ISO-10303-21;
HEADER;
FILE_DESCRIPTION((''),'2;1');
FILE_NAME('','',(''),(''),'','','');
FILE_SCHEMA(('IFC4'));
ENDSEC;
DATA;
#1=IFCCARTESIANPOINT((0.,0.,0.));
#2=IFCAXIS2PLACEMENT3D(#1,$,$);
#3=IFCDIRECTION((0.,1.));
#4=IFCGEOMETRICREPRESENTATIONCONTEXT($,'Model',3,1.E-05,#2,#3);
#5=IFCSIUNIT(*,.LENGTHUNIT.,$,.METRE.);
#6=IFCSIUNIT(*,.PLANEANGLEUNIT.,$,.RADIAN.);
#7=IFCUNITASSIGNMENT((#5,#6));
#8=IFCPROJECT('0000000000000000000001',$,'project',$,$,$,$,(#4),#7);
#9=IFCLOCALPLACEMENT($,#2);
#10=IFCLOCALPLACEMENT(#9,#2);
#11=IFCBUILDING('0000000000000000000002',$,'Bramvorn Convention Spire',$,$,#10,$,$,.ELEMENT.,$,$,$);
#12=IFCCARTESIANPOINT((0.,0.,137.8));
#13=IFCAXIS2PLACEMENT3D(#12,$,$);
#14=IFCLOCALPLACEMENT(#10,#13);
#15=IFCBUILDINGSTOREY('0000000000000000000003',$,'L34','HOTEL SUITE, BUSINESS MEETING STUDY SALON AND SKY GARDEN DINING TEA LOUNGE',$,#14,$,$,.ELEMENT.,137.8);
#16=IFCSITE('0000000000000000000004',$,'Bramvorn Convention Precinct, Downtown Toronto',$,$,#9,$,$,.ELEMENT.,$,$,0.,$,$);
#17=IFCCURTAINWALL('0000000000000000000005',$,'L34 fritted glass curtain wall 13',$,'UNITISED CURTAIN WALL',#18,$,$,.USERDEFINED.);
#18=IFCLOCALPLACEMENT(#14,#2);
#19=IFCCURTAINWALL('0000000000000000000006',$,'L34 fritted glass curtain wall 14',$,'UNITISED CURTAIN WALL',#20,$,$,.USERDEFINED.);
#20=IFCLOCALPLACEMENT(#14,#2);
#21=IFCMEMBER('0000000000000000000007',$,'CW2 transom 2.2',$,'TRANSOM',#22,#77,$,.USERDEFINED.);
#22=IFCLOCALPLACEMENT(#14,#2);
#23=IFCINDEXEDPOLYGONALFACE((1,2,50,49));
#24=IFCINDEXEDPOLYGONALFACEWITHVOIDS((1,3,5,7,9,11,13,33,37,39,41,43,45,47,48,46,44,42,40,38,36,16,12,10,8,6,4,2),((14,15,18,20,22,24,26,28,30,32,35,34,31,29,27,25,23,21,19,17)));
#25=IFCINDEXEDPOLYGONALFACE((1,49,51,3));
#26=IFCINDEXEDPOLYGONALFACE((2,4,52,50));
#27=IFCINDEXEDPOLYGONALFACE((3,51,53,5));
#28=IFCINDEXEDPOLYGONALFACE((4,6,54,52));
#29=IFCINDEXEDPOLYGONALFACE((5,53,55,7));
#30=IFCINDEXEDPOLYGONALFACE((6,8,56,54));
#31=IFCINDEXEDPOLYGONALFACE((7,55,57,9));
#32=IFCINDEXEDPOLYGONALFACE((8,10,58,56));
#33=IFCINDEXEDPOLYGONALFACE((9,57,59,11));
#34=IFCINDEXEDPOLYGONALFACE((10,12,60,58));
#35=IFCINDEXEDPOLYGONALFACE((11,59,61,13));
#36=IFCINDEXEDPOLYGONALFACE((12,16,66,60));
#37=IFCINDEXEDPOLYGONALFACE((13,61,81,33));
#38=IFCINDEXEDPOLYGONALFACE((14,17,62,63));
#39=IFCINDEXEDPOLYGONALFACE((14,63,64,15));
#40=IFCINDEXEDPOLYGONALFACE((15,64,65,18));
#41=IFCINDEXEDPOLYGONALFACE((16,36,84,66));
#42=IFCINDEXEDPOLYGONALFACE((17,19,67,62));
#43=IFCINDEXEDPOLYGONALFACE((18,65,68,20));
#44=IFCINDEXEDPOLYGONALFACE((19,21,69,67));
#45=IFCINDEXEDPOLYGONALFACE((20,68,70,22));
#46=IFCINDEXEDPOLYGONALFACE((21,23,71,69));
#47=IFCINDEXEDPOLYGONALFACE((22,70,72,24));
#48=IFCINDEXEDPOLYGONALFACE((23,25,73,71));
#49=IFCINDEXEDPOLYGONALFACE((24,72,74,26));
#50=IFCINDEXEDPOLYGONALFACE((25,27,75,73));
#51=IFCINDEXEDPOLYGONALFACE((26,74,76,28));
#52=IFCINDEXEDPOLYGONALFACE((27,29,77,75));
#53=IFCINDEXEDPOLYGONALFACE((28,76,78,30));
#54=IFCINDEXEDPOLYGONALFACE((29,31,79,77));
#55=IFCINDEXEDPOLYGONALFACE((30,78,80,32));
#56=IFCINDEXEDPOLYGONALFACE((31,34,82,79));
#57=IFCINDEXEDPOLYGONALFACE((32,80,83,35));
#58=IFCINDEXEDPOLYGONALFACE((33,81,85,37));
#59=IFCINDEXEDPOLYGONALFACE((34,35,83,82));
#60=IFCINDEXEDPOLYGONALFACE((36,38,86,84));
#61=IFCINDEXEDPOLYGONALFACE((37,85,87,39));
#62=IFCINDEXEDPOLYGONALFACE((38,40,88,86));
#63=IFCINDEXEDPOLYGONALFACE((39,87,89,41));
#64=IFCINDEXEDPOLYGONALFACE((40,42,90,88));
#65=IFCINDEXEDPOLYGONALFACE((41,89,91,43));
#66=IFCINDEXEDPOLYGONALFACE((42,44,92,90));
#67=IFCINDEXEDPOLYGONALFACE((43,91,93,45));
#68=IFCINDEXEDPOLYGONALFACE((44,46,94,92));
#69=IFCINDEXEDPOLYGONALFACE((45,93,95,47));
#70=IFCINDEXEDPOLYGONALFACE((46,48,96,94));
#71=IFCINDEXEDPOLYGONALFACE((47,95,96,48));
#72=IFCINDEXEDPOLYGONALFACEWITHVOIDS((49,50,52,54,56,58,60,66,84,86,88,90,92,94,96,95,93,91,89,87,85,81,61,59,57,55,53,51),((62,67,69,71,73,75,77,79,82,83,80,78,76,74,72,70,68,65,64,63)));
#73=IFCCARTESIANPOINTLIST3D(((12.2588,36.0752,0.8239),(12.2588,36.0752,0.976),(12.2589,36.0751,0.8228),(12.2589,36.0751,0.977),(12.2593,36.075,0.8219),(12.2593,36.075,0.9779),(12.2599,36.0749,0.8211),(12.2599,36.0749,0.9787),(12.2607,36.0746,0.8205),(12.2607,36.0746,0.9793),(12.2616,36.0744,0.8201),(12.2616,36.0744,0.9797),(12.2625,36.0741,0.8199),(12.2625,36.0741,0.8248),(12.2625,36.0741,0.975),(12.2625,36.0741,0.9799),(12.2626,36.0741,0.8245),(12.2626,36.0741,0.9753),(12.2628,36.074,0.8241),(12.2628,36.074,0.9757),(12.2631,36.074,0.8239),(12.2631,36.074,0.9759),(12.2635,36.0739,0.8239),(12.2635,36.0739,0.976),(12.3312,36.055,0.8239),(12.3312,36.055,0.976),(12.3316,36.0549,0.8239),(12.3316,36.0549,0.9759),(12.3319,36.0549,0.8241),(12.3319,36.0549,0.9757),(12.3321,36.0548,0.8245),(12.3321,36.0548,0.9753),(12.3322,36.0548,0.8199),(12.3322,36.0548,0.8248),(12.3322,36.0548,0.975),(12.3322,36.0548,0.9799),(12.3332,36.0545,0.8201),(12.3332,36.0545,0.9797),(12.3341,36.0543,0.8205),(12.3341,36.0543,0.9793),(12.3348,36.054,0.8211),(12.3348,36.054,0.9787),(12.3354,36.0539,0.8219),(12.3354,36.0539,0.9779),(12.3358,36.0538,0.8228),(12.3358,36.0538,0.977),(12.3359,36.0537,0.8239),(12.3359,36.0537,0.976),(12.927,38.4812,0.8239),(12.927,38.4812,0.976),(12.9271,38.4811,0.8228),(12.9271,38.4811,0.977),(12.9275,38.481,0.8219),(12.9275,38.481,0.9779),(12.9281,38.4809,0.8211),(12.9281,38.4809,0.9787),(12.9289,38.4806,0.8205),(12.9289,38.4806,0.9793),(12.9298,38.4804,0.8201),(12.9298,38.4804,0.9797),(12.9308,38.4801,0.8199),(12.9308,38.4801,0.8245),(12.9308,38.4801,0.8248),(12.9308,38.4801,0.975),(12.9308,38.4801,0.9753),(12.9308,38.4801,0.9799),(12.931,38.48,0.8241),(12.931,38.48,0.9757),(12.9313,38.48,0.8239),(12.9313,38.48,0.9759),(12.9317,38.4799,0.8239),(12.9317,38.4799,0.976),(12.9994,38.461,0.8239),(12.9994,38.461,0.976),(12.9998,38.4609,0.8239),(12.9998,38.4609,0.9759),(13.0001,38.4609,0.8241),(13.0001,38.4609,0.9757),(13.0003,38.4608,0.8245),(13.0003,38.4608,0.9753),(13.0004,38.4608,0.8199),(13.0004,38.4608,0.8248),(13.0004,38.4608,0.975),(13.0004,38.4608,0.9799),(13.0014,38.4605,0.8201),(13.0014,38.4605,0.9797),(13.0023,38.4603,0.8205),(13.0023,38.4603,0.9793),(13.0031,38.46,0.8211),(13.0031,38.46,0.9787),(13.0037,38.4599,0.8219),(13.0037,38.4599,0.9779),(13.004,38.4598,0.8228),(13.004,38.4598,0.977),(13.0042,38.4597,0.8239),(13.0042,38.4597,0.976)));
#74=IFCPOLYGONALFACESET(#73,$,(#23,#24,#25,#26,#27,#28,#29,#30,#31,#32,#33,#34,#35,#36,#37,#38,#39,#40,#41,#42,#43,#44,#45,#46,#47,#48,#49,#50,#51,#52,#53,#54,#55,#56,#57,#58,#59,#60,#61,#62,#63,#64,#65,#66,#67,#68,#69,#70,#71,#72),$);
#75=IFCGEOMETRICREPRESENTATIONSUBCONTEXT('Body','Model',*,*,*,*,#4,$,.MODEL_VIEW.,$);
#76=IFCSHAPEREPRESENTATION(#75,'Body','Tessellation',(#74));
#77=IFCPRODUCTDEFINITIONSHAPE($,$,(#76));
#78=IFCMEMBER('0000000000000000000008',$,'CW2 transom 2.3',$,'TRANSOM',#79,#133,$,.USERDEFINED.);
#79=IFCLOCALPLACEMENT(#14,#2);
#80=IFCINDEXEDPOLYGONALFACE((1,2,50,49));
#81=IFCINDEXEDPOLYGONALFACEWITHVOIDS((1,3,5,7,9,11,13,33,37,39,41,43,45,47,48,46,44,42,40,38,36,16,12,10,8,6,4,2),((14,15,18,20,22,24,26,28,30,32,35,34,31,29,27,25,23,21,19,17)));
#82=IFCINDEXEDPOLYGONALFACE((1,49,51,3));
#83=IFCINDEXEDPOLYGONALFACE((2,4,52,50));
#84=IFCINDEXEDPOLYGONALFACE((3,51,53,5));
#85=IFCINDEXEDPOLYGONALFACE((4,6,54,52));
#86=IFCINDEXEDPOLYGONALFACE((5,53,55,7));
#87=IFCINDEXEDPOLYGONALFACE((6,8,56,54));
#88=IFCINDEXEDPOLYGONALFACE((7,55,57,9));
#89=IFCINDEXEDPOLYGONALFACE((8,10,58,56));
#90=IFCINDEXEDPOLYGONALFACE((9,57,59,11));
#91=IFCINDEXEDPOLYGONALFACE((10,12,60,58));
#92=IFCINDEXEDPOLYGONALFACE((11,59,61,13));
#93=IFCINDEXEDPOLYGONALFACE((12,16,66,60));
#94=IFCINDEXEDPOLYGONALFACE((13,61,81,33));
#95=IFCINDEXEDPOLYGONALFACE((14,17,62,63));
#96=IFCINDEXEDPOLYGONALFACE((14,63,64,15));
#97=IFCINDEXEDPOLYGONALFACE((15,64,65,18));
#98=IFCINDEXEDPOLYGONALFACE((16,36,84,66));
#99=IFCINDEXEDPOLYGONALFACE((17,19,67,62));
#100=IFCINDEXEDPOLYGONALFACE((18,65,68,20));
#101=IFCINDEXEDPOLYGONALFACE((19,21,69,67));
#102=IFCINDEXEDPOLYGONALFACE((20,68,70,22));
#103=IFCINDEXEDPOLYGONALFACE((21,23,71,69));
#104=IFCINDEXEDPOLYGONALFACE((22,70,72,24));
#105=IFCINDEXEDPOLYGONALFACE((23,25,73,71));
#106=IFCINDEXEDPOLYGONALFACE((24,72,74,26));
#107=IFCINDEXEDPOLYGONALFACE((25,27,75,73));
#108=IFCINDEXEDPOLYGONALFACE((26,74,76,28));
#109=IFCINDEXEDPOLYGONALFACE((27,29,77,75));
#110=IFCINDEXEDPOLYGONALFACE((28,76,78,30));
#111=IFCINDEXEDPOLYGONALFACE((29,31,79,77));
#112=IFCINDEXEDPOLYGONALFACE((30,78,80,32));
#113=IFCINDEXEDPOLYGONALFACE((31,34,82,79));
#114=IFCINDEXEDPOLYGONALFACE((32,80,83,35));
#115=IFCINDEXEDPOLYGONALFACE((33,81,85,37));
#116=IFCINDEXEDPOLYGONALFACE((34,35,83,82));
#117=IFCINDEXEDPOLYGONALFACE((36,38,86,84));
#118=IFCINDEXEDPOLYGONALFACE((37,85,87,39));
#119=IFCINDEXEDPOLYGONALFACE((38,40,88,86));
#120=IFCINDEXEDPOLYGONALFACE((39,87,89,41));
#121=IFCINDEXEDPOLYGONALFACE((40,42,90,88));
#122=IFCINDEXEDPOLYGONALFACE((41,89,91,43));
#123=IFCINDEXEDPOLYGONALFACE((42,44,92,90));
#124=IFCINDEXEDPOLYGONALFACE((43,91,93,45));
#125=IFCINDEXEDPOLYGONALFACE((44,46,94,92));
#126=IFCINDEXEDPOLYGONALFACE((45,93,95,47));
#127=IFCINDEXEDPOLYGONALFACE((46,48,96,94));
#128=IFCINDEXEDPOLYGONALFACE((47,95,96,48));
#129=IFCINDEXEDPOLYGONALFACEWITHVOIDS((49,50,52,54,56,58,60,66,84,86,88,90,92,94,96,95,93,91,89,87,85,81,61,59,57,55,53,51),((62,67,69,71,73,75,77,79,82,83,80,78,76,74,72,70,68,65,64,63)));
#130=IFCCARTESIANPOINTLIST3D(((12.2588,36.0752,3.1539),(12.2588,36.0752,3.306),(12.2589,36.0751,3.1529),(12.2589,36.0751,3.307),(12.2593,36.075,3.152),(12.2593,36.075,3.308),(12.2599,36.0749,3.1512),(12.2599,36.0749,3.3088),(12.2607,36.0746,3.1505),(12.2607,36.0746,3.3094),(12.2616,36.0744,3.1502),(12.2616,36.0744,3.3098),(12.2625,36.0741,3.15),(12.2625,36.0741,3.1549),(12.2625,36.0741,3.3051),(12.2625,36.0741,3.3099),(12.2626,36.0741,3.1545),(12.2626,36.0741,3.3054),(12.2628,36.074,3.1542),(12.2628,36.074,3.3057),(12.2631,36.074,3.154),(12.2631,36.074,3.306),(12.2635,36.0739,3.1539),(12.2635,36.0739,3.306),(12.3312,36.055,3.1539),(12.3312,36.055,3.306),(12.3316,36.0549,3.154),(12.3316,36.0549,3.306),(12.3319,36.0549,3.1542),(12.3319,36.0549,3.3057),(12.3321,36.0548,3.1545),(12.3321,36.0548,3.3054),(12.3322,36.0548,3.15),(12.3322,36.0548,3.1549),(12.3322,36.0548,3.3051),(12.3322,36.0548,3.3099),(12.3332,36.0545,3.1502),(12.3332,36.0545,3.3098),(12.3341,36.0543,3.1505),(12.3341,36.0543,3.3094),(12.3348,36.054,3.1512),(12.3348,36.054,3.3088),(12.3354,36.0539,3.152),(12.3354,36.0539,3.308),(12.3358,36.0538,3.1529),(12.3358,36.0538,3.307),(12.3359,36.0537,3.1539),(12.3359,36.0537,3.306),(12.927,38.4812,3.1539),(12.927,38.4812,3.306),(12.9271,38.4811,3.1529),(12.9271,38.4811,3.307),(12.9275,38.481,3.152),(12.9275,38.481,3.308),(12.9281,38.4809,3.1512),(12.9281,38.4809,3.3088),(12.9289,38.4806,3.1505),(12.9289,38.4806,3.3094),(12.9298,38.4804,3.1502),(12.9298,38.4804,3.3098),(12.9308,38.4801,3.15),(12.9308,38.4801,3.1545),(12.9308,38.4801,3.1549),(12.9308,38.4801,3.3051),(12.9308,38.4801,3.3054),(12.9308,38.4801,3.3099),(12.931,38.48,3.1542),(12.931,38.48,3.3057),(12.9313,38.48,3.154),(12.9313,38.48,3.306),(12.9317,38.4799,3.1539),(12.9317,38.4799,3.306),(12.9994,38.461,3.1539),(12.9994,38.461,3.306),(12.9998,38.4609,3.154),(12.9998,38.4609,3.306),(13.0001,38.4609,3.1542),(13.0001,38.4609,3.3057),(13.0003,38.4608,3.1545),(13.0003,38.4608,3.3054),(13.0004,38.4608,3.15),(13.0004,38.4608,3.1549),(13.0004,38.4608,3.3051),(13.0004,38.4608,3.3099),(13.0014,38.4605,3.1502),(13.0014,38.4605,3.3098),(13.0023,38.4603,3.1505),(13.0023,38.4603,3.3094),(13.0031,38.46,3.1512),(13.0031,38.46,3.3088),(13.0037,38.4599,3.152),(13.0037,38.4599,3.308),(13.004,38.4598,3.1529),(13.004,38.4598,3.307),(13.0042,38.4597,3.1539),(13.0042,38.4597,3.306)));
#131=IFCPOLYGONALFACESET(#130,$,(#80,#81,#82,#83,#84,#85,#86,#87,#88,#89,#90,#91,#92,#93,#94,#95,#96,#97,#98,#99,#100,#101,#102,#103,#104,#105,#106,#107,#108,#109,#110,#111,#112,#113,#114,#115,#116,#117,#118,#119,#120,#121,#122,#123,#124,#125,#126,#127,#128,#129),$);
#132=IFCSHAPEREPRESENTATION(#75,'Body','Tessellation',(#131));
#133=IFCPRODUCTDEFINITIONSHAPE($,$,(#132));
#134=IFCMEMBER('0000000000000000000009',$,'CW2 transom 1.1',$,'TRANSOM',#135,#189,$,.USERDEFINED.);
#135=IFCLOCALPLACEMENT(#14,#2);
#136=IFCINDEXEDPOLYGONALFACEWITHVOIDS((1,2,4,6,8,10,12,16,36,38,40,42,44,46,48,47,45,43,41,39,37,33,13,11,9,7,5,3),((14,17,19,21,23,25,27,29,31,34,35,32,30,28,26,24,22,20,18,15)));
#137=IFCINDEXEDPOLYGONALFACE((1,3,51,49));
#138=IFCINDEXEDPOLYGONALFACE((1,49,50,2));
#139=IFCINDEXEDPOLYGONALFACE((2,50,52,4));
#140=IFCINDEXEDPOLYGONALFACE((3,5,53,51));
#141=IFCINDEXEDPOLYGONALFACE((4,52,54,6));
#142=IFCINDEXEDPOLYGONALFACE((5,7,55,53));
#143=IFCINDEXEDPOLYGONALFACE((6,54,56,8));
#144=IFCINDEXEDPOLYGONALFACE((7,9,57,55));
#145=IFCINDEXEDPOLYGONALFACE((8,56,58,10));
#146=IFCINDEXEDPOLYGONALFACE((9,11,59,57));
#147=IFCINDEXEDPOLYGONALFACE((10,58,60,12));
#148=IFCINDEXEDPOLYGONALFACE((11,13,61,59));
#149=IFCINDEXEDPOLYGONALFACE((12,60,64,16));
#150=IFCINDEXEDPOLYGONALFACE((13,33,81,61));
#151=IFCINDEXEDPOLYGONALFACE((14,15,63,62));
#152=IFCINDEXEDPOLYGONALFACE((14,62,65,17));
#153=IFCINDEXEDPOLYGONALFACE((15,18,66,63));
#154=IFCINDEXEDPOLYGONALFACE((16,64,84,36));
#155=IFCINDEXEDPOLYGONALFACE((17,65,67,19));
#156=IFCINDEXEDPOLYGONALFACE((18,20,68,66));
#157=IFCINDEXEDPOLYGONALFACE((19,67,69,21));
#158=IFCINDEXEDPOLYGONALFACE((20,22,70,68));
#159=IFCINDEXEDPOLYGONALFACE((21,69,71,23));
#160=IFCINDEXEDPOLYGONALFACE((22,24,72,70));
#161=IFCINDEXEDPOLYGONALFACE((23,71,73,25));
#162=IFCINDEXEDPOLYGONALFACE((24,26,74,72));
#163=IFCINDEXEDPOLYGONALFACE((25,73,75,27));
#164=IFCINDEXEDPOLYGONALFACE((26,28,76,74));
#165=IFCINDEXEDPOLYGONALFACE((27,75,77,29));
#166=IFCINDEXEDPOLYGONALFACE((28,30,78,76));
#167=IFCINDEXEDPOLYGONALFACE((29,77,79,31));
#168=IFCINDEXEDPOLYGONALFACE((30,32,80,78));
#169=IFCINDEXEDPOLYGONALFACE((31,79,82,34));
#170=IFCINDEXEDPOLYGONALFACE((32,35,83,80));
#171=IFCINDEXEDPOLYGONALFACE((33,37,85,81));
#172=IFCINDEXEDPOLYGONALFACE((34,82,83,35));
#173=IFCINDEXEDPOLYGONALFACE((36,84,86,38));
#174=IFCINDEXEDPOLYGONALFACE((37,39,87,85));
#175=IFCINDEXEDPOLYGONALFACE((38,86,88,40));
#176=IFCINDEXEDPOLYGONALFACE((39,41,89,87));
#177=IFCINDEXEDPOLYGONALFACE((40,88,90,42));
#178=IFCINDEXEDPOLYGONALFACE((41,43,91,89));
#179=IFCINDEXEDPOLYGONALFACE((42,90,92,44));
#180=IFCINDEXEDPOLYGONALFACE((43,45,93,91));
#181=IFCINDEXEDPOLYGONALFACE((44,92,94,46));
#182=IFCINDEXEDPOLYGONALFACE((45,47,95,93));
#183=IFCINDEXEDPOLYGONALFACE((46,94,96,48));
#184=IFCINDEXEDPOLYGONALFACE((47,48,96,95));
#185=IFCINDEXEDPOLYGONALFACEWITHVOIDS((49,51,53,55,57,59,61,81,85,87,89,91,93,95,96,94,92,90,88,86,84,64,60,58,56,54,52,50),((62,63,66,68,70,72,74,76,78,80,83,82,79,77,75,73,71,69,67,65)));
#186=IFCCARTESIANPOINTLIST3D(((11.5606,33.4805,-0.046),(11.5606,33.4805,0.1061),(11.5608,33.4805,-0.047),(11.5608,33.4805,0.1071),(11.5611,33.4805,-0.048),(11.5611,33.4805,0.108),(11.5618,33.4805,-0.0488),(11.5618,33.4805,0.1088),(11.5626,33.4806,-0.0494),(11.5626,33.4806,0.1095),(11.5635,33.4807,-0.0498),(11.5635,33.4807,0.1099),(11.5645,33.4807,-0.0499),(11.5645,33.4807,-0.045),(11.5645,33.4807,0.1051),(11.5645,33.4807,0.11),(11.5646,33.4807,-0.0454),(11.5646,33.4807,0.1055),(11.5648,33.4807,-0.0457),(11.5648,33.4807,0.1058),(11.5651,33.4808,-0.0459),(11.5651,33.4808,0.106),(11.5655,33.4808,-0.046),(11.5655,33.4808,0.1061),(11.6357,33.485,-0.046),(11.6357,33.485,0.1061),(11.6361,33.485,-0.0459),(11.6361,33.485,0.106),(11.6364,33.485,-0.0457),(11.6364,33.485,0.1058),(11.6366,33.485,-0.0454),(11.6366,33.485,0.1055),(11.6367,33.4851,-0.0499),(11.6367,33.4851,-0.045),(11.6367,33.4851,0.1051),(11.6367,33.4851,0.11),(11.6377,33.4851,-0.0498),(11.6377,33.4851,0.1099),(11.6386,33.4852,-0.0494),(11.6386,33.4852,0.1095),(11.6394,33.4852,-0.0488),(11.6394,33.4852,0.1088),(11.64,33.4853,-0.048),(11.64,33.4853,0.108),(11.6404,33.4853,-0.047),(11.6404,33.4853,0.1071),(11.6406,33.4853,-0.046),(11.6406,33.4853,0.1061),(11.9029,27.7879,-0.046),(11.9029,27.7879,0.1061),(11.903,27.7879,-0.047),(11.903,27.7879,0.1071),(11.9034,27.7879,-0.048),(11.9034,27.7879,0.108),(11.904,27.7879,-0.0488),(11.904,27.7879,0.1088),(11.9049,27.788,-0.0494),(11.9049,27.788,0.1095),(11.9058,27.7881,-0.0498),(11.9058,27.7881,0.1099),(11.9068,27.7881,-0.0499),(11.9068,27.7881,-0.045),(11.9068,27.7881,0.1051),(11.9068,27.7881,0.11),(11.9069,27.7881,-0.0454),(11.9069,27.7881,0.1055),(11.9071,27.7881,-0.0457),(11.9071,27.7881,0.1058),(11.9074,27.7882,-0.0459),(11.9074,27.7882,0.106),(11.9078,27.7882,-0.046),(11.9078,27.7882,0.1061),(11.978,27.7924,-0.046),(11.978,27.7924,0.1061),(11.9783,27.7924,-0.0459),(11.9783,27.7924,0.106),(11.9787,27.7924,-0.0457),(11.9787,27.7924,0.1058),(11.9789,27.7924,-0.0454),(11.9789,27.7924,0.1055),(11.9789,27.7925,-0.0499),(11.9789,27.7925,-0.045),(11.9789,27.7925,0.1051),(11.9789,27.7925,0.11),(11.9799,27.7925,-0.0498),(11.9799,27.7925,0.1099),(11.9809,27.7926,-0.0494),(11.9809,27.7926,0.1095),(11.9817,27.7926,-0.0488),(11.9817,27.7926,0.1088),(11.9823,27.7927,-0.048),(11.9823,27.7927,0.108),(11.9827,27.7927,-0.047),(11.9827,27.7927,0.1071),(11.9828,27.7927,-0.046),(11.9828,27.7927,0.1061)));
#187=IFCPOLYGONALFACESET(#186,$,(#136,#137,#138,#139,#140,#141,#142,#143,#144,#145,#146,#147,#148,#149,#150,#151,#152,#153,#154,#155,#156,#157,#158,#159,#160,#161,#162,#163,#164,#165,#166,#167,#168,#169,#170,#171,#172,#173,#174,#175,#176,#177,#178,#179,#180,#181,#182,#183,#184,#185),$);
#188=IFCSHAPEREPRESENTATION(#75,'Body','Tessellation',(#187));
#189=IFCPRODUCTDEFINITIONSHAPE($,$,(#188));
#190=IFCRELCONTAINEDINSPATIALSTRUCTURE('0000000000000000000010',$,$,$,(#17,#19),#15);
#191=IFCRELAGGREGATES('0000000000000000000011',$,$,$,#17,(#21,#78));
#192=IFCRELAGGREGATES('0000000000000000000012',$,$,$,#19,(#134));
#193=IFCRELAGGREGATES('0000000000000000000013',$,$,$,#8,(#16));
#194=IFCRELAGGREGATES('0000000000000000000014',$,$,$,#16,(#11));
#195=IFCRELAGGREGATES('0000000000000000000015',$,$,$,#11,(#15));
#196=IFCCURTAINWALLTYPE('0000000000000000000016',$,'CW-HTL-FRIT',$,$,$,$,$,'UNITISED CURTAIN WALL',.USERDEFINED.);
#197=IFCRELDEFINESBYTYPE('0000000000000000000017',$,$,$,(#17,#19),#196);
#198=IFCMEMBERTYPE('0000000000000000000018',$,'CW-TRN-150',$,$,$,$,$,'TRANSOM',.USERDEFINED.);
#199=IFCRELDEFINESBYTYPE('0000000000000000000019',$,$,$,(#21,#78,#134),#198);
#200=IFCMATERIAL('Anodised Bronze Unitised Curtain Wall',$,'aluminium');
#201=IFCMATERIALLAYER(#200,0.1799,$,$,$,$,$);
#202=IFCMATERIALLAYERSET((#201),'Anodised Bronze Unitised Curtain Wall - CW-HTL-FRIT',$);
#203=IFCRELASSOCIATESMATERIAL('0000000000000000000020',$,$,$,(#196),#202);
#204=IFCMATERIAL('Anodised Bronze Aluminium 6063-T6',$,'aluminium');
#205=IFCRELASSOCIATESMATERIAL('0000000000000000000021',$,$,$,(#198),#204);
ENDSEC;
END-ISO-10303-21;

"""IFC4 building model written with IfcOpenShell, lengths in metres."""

from ifc_helpers import new_model, si_unit, direction, frame, origin, origin_2d, place, context, subcontext, project, spatial, hollow_rectangle, extrude, material, layer, layer_set, material_profile, profile_set, type_object, element, aggregate, save


model = new_model("IFC4")

# Units and contexts
model_context = context("Model", 3, precision=1e-05, world=origin(), true_north=direction((0.0, 1.0)))
body_context = subcontext(model_context, "Body", "Model", "MODEL_VIEW")
ifc_project = project(units=[si_unit("LENGTHUNIT", "METRE"), si_unit("PLANEANGLEUNIT", "RADIAN")], contexts=[model_context])

# Site, building, storey
site_placement = place(None, origin())
site = spatial("IfcSite", under=ifc_project, at=site_placement, Name="Bramvorn Convention Precinct, Downtown Toronto", CompositionType="ELEMENT", RefElevation=0.0)
building_placement = place(site_placement, origin())
building = spatial("IfcBuilding", under=site, at=building_placement, Name="Bramvorn Convention Spire", CompositionType="ELEMENT")
storey_placement = place(building_placement, frame((0.0, 0.0, 137.8)))
storey = spatial("IfcBuildingStorey", under=building, at=storey_placement, Name="L34", Description="HOTEL SUITE, BUSINESS MEETING STUDY SALON AND SKY GARDEN DINING TEA LOUNGE", CompositionType="ELEMENT", Elevation=137.8)

# Curtain walls
ifc_material_1 = material(Name="Anodised Bronze Unitised Curtain Wall", Category="aluminium")
ifc_layer_1 = layer(ifc_material_1, 0.1799)
ifc_layer_set_1 = layer_set([ifc_layer_1], Name="Anodised Bronze Unitised Curtain Wall - CW-HTL-FRIT")
curtain_wall_type_1 = type_object("IfcCurtainWallType", Name="CW-HTL-FRIT", ElementType="UNITISED CURTAIN WALL", PredefinedType="USERDEFINED", material=ifc_layer_set_1)
ifc_material_2 = material(Name="Anodised Bronze Aluminium 6063-T6", Category="aluminium")
curtain_wall_1_placement = place(storey_placement, origin())
curtain_wall_1 = element("IfcCurtainWall", 1, at=curtain_wall_1_placement, inside=storey, type_object=curtain_wall_type_1, Name="L34 fritted glass curtain wall 13", ObjectType="UNITISED CURTAIN WALL", PredefinedType="USERDEFINED")
curtain_wall_2_placement = place(storey_placement, origin())
curtain_wall_2 = element("IfcCurtainWall", 2, at=curtain_wall_2_placement, inside=storey, type_object=curtain_wall_type_1, Name="L34 fritted glass curtain wall 14", ObjectType="UNITISED CURTAIN WALL", PredefinedType="USERDEFINED")

# Members
ifc_material_profile_1 = material_profile(ifc_material_2, hollow_rectangle(XDim=0.0801, YDim=0.1599, WallThickness=0.0039, InnerFilletRadius=0.001, OuterFilletRadius=0.0039, at=origin_2d()))
ifc_profile_set_1 = profile_set([ifc_material_profile_1], Name="Anodised Bronze Aluminium 6063-T6 - CWT80X160")
member_type_1 = type_object("IfcMemberType", Name="CW-TRN-150", ElementType="TRANSOM", PredefinedType="USERDEFINED", material=ifc_profile_set_1)
member_1_placement = place(storey_placement, frame((12.2974, 36.0645, 0.8999), z_axis=(0.267598, 0.963531, 0.0), x_axis=(-0.963531, 0.267598, 0.0)))
member_1 = element("IfcMember", 3, at=member_1_placement, type_object=member_type_1, Name="CW2 transom 2.2", ObjectType="TRANSOM", PredefinedType="USERDEFINED", context=body_context, shape_type="SweptSolid", body=[
    extrude(hollow_rectangle(XDim=0.0801, YDim=0.1599, WallThickness=0.0039, InnerFilletRadius=0.001, OuterFilletRadius=0.0039, at=origin_2d()), origin(), (0.0, 0.0, 1.0), 2.4971),
])
member_2_placement = place(storey_placement, frame((12.2974, 36.0645, 3.23), z_axis=(0.267598, 0.963531, 0.0), x_axis=(-0.963531, 0.267598, 0.0)))
member_2 = element("IfcMember", 4, at=member_2_placement, type_object=member_type_1, Name="CW2 transom 2.3", ObjectType="TRANSOM", PredefinedType="USERDEFINED", context=body_context, shape_type="SweptSolid", body=[
    extrude(hollow_rectangle(XDim=0.0801, YDim=0.1599, WallThickness=0.0039, InnerFilletRadius=0.001, OuterFilletRadius=0.0039, at=origin_2d()), origin(), (0.0, 0.0, 1.0), 2.4971),
])
member_3_placement = place(storey_placement, frame((11.9429, 27.7903, 0.03), z_axis=(-0.060019, 0.998197, 0.0), x_axis=(-0.998197, -0.060019, 0.0)))
member_3 = element("IfcMember", 5, at=member_3_placement, type_object=member_type_1, Name="CW2 transom 1.1", ObjectType="TRANSOM", PredefinedType="USERDEFINED", context=body_context, shape_type="SweptSolid", body=[
    extrude(hollow_rectangle(XDim=0.0801, YDim=0.1599, WallThickness=0.0039, InnerFilletRadius=0.001, OuterFilletRadius=0.0039, at=origin_2d()), origin(), (0.0, 0.0, 1.0), 5.7029),
])

aggregate(curtain_wall_1, [member_1, member_2])
aggregate(curtain_wall_2, [member_3])

save(model, "model.ifc")
